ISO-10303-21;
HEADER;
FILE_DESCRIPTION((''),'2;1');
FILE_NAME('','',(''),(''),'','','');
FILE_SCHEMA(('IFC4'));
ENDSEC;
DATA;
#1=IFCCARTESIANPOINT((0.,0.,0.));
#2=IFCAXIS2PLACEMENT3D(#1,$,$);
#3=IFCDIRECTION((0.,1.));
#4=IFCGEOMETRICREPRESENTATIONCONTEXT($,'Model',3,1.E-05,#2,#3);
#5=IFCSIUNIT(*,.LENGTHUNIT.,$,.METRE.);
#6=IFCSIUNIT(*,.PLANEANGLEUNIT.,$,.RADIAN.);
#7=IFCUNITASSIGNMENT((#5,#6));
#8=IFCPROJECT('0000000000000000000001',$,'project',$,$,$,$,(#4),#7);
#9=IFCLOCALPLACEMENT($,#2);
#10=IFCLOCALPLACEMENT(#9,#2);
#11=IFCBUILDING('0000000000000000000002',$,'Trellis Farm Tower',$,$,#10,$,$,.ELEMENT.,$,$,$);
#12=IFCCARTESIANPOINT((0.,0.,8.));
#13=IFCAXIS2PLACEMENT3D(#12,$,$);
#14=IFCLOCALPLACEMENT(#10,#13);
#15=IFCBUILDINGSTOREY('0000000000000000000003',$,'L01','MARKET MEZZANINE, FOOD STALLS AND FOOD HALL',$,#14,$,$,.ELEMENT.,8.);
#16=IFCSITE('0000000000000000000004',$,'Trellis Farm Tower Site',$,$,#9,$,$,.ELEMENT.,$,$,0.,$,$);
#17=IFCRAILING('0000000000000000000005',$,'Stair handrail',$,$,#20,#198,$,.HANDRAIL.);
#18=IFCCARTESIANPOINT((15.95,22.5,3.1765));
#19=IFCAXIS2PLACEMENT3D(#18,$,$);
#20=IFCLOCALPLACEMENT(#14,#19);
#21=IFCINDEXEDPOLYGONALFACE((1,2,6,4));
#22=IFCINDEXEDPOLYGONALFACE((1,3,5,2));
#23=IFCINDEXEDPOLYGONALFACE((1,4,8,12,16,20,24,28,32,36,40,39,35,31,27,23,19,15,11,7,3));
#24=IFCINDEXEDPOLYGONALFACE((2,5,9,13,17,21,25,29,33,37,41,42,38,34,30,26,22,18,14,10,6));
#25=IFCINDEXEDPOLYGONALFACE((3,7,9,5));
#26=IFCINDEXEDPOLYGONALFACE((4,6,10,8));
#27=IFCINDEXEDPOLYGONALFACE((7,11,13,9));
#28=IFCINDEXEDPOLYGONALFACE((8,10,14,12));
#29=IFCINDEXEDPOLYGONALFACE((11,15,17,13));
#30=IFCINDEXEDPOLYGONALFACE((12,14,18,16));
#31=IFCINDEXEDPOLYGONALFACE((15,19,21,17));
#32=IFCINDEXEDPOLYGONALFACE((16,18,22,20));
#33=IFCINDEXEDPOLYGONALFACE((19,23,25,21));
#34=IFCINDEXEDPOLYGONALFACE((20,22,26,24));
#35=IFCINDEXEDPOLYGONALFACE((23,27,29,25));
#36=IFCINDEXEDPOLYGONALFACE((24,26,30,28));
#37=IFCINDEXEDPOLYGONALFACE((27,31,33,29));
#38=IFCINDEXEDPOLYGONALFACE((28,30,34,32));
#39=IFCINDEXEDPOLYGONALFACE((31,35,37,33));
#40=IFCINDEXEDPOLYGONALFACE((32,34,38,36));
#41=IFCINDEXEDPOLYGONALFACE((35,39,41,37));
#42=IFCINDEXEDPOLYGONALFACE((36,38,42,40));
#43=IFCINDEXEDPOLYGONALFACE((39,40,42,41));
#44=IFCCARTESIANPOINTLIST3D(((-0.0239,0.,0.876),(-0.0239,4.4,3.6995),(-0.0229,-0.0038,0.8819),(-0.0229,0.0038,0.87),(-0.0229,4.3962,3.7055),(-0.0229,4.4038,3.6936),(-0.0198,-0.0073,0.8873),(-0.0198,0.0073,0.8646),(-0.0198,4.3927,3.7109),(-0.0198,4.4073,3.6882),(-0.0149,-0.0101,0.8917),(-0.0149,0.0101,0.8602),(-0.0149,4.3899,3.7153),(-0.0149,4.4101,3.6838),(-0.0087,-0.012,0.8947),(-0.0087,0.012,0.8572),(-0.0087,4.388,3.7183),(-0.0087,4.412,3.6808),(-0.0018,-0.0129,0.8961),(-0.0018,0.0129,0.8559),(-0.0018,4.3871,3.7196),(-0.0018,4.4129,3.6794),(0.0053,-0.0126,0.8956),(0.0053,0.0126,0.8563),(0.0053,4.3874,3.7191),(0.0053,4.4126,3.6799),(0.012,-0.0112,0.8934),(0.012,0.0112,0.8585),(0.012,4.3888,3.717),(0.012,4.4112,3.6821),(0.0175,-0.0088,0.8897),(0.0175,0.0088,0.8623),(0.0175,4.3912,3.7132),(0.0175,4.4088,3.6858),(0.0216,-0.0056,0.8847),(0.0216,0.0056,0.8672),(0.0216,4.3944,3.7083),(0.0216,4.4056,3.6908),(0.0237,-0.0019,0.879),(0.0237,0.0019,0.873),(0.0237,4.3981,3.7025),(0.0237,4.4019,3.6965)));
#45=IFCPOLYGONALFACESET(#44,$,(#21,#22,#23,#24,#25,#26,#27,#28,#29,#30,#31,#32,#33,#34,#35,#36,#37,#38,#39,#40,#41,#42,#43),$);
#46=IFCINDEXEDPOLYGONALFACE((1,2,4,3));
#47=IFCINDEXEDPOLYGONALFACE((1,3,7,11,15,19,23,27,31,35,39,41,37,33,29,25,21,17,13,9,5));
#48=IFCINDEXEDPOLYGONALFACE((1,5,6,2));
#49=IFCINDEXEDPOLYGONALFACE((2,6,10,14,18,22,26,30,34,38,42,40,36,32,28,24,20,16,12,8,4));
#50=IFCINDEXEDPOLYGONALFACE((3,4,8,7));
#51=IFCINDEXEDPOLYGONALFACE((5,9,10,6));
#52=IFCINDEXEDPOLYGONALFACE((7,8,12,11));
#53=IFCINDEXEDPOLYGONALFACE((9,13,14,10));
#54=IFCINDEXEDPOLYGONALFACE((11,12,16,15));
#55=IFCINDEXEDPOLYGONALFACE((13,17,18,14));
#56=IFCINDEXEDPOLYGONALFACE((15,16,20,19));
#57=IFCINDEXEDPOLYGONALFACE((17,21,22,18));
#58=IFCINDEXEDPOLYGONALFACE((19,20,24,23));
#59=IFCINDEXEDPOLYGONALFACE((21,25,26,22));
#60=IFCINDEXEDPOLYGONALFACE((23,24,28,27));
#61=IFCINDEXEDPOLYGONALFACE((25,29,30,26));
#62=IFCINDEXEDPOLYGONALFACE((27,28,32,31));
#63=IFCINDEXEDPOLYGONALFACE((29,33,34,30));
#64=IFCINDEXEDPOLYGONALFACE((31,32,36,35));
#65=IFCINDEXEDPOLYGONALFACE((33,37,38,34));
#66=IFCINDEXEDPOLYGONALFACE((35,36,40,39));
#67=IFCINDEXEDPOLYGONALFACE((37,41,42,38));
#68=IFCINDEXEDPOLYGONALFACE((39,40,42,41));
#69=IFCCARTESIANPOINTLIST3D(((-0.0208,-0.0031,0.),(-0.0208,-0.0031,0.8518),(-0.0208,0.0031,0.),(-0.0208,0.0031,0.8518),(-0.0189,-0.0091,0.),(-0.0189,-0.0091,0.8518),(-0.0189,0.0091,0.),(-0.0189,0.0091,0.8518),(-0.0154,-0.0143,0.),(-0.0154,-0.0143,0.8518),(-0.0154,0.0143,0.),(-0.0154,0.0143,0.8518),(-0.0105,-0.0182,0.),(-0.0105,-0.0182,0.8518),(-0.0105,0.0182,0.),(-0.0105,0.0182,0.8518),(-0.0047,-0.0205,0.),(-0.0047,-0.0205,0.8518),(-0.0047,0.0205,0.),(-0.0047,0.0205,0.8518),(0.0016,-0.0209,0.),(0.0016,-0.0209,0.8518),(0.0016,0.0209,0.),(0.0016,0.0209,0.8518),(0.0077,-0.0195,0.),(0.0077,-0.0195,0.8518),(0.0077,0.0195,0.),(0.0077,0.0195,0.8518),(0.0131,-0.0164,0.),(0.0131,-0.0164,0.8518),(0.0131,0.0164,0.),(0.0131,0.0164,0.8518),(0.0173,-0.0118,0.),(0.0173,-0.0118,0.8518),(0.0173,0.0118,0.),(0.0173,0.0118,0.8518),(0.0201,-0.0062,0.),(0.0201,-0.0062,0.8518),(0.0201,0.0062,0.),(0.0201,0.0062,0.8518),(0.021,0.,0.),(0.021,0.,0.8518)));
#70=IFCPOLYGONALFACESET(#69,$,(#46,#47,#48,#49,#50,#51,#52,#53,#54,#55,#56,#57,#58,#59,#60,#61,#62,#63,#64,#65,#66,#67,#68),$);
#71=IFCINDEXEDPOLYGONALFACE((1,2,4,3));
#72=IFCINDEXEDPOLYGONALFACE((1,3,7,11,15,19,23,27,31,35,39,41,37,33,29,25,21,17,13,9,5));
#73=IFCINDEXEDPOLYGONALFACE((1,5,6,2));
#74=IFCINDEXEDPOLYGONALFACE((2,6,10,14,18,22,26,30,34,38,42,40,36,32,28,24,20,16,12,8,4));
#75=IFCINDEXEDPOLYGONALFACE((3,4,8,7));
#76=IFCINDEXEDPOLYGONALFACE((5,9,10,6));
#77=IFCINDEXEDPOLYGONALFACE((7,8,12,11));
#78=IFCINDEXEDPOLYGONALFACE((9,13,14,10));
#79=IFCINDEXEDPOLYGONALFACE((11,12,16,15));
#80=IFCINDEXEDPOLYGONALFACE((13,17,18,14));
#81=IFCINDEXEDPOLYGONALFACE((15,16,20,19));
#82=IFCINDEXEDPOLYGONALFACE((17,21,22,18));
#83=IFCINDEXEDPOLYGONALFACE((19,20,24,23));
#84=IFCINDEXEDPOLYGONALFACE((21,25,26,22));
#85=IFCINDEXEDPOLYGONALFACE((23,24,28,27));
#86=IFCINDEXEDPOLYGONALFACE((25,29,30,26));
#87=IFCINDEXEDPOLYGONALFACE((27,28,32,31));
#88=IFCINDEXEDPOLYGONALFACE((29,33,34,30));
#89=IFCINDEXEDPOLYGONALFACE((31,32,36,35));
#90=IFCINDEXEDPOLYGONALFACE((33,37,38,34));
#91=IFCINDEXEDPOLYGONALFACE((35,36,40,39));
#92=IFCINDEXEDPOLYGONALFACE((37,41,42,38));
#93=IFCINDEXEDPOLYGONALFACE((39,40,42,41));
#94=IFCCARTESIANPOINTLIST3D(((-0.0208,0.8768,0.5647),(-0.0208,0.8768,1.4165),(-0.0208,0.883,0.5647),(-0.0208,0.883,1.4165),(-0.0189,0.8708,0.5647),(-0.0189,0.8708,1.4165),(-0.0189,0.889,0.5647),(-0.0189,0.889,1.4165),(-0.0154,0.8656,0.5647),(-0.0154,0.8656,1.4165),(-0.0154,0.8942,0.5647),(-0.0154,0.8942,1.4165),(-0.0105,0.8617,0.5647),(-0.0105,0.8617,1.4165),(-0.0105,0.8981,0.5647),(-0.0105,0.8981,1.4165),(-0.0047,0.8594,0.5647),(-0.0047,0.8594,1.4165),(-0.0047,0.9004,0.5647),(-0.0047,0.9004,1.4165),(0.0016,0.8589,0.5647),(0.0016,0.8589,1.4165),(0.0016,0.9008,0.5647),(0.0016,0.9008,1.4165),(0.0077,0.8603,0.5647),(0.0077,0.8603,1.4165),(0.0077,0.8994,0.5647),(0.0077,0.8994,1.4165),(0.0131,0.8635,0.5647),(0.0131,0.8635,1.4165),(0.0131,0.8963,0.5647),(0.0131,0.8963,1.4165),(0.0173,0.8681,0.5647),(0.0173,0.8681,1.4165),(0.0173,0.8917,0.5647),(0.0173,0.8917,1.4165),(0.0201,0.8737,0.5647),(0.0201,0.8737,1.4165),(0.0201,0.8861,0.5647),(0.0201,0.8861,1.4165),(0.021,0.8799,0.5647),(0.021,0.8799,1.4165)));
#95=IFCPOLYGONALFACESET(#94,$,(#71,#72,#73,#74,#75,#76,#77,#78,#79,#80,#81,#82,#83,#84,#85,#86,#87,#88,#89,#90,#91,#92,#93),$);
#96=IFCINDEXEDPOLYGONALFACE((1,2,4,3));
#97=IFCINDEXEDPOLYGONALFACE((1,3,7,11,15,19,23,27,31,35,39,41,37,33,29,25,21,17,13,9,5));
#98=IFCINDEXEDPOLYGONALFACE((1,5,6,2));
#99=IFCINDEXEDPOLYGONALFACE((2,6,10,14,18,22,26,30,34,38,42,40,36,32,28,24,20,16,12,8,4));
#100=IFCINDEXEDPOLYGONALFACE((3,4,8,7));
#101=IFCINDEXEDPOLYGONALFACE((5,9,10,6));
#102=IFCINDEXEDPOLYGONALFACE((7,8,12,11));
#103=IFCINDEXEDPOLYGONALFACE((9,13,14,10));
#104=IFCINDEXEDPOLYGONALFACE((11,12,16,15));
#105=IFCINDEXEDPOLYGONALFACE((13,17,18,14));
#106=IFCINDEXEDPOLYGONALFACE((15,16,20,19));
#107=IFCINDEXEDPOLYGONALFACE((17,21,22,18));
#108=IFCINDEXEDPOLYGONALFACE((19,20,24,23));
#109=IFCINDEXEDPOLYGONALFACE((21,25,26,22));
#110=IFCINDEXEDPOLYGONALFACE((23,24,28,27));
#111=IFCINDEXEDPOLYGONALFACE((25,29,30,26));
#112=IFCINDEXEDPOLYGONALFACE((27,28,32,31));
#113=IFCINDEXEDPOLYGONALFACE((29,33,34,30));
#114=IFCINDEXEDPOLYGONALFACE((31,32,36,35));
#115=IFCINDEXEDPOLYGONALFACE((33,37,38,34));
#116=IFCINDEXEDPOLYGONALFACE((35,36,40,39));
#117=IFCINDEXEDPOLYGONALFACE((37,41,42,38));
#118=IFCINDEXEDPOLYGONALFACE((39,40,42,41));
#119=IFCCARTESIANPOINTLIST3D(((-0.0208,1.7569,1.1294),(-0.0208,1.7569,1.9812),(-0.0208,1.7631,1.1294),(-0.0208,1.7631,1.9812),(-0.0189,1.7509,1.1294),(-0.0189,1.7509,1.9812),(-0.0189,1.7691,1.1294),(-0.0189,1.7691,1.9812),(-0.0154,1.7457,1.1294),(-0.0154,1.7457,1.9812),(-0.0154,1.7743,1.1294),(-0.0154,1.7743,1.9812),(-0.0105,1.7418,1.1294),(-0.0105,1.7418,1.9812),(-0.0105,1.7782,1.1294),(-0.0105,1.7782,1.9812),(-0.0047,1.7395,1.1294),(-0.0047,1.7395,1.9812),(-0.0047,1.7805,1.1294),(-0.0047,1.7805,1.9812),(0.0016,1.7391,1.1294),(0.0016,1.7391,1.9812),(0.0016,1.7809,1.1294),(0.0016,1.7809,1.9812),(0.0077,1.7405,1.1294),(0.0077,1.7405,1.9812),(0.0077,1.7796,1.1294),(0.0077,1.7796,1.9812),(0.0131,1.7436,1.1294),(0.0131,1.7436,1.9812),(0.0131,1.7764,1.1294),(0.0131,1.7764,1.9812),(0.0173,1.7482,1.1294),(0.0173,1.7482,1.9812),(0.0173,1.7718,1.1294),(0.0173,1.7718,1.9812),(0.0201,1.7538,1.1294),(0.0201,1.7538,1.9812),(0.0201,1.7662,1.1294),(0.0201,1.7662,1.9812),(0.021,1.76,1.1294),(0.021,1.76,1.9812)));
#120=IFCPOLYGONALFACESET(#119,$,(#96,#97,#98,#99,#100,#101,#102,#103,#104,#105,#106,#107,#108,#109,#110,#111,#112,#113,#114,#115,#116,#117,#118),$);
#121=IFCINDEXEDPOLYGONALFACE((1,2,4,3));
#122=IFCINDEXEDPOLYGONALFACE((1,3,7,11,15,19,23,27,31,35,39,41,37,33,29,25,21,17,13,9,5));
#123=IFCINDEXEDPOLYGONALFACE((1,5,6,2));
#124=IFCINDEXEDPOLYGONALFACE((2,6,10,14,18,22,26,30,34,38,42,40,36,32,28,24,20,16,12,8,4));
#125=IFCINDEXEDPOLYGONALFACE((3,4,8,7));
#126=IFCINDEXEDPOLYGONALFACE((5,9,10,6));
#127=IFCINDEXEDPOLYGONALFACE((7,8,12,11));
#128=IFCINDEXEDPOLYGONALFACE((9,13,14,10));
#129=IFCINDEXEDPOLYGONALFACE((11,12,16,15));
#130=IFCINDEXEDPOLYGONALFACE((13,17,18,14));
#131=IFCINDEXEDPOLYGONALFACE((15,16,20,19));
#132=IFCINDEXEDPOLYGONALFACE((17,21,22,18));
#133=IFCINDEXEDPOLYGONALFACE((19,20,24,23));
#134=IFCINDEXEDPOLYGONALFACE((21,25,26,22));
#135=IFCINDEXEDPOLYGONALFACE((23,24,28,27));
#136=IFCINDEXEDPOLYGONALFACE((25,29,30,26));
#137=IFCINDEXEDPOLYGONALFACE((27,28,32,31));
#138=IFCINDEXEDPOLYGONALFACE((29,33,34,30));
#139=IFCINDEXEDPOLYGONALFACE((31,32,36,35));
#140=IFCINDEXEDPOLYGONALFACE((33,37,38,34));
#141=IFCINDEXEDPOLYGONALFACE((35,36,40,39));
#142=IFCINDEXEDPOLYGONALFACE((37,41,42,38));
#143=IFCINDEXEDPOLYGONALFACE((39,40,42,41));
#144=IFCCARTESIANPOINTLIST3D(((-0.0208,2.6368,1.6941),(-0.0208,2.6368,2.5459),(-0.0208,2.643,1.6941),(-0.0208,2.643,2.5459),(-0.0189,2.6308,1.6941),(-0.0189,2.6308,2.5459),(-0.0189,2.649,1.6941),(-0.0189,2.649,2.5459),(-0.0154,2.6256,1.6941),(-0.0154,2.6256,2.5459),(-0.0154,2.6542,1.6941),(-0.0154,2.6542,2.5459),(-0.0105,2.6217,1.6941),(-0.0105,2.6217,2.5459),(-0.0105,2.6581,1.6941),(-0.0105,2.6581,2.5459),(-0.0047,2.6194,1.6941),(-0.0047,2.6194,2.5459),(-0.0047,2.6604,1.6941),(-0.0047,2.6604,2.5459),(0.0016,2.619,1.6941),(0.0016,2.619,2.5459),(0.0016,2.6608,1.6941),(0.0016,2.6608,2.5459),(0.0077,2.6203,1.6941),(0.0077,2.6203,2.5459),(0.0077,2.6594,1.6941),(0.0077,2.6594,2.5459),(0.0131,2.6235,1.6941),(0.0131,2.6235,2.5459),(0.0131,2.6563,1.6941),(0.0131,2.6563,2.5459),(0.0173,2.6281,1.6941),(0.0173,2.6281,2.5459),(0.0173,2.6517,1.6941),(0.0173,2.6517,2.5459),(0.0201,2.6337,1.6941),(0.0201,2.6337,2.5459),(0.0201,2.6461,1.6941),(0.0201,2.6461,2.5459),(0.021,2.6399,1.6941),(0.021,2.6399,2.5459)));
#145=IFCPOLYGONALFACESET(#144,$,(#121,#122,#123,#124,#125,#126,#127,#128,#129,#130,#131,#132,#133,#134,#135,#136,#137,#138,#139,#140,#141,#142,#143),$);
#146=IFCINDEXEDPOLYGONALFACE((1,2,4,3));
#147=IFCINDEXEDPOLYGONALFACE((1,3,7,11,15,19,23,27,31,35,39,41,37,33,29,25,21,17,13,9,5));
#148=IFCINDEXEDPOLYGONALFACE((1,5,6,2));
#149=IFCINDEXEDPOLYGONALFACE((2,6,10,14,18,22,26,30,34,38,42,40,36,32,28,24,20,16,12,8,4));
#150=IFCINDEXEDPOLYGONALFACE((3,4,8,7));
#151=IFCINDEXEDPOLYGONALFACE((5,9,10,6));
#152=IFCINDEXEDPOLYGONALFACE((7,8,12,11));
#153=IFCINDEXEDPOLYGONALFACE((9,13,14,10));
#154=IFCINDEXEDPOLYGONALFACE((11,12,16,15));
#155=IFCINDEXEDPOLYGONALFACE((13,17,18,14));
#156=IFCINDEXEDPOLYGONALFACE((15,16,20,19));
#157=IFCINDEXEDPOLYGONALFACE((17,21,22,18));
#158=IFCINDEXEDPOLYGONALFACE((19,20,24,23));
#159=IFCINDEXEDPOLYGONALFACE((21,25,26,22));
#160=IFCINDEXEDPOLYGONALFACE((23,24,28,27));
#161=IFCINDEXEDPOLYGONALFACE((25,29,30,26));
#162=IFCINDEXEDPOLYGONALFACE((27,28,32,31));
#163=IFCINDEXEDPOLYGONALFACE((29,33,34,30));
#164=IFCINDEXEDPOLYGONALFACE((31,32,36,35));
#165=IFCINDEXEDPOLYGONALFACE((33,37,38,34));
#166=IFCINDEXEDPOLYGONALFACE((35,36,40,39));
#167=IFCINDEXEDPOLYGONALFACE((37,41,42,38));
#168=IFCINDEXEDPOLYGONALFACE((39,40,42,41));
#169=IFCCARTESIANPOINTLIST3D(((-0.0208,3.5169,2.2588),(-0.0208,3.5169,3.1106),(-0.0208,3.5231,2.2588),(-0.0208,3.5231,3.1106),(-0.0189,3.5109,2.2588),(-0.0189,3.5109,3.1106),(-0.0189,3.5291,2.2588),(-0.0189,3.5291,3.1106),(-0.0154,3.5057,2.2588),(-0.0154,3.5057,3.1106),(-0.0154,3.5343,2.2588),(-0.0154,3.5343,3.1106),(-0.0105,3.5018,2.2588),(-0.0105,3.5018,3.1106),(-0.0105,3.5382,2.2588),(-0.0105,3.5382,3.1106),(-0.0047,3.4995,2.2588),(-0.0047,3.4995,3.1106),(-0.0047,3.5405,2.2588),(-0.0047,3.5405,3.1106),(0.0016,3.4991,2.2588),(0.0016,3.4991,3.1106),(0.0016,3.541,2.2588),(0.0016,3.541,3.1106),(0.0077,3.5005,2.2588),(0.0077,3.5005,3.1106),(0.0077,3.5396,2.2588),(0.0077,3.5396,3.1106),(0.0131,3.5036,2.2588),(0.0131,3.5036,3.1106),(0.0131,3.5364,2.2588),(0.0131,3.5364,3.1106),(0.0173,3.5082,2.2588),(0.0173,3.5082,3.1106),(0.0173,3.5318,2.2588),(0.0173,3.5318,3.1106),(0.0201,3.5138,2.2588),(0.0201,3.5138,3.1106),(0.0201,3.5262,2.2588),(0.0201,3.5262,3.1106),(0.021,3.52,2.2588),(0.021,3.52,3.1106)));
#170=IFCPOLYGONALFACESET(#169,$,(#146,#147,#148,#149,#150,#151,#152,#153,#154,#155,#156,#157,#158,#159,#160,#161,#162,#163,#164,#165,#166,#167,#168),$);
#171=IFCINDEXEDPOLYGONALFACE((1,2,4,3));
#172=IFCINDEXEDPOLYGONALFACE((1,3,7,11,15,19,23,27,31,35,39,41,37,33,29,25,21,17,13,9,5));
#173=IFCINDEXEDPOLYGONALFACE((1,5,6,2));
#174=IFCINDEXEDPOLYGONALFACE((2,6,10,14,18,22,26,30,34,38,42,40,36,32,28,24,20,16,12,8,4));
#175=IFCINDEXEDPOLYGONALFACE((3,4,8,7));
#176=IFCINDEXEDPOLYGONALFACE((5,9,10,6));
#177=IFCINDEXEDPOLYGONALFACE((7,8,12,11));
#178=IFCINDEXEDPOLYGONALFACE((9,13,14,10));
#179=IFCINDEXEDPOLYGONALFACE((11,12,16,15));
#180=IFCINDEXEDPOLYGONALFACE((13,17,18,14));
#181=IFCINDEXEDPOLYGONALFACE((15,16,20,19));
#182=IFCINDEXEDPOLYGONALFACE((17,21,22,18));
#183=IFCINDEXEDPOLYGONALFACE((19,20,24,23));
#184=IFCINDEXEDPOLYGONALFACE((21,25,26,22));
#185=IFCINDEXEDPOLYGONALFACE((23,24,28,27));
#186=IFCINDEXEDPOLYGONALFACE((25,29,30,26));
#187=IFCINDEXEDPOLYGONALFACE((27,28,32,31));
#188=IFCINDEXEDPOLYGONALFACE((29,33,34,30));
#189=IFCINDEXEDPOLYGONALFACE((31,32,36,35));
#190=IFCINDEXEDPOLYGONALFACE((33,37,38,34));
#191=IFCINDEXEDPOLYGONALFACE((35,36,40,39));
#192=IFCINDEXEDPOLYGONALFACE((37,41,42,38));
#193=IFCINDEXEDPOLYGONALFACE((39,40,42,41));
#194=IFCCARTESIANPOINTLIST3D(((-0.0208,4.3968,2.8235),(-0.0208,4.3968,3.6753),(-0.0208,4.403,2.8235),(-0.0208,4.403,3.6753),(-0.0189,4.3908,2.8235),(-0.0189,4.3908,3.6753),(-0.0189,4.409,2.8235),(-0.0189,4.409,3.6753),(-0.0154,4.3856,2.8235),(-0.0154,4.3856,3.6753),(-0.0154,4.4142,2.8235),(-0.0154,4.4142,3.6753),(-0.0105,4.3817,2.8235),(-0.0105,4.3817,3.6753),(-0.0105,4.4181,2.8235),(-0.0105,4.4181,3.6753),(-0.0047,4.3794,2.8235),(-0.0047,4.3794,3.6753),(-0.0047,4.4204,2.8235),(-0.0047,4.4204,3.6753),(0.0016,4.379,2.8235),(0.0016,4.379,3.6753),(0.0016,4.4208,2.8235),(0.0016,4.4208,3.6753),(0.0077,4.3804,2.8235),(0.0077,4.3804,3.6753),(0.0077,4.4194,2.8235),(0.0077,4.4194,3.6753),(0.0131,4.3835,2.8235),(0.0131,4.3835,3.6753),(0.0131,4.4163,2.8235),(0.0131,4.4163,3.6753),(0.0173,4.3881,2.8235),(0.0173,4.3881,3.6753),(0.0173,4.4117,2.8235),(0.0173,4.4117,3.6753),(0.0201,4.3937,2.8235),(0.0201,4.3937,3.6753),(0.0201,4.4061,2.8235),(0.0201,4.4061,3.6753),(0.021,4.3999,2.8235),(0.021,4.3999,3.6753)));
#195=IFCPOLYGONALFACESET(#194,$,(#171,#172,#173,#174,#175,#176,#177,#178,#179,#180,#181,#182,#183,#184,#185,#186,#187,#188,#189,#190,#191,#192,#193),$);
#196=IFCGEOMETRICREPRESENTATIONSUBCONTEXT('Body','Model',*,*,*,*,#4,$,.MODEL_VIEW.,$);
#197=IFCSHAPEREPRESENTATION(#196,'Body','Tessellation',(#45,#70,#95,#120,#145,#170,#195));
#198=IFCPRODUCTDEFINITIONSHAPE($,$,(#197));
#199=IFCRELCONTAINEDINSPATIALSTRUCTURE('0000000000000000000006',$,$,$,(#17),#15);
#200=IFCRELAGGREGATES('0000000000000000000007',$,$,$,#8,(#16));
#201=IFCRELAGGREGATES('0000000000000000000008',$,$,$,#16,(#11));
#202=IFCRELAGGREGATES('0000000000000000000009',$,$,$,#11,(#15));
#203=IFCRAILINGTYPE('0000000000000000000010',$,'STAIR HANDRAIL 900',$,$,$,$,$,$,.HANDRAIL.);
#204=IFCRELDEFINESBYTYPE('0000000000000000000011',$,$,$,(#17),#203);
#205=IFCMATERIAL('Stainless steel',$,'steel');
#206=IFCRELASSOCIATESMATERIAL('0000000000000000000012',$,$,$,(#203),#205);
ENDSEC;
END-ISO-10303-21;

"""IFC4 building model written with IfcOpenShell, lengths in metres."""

from ifc_helpers import new_model, si_unit, direction, frame, origin, origin_2d, place, context, subcontext, project, spatial, circle, extrude, source, transform, mapped, material, type_object, element, save


model = new_model("IFC4")

# Units and contexts
model_context = context("Model", 3, precision=1e-05, world=origin(), true_north=direction((0.0, 1.0)))
body_context = subcontext(model_context, "Body", "Model", "MODEL_VIEW")
ifc_project = project(units=[si_unit("LENGTHUNIT", "METRE"), si_unit("PLANEANGLEUNIT", "RADIAN")], contexts=[model_context])

# Site, building, storey
site_placement = place(None, origin())
site = spatial("IfcSite", under=ifc_project, at=site_placement, Name="Trellis Farm Tower Site", CompositionType="ELEMENT", RefElevation=0.0)
building_placement = place(site_placement, origin())
building = spatial("IfcBuilding", under=site, at=building_placement, Name="Trellis Farm Tower", CompositionType="ELEMENT")
storey_placement = place(building_placement, frame((0.0, 0.0, 8.0)))
storey = spatial("IfcBuildingStorey", under=building, at=storey_placement, Name="L01", Description="MARKET MEZZANINE, FOOD STALLS AND FOOD HALL", CompositionType="ELEMENT", Elevation=8.0)

# Railing
ifc_material_1 = material(Name="Stainless steel", Category="steel")
railing_type = type_object("IfcRailingType", Name="STAIR HANDRAIL 900", PredefinedType="HANDRAIL", material=ifc_material_1)
shared_shape_1 = source(origin(), body_context, "Body", "SweptSolid", [
    extrude(circle(Radius=0.0239, at=origin_2d()), frame((0.0, 0.0, 0.876), z_axis=(0.0, 0.841615, 0.540078), x_axis=(-1.0, 0.0, 0.0)), (0.0, 0.0, 1.0), 5.228),
    extrude(circle(Radius=0.021, at=origin_2d()), origin(), (0.0, 0.0, 1.0), 0.8518),
    extrude(circle(Radius=0.021, at=origin_2d()), frame((0.0, 0.8799, 0.5647)), (0.0, 0.0, 1.0), 0.8518),
    extrude(circle(Radius=0.021, at=origin_2d()), frame((0.0, 1.76, 1.1294)), (0.0, 0.0, 1.0), 0.8518),
    extrude(circle(Radius=0.021, at=origin_2d()), frame((0.0, 2.6399, 1.6941)), (0.0, 0.0, 1.0), 0.8518),
    extrude(circle(Radius=0.021, at=origin_2d()), frame((0.0, 3.52, 2.2588)), (0.0, 0.0, 1.0), 0.8518),
    extrude(circle(Radius=0.021, at=origin_2d()), frame((0.0, 4.3999, 2.8235)), (0.0, 0.0, 1.0), 0.8518),
])
for number, where, name in (
    (1, (15.95, 22.5, 3.1765), "Stair handrail"),
):
    element("IfcRailing", number, at=place(storey_placement, frame(where)), inside=storey, type_object=railing_type, Name=name, PredefinedType="HANDRAIL", context=body_context, shape_type="MappedRepresentation", body=[
        mapped(shared_shape_1, transform((0.0, 0.0, 0.0))),
    ])

save(model, "model.ifc")
